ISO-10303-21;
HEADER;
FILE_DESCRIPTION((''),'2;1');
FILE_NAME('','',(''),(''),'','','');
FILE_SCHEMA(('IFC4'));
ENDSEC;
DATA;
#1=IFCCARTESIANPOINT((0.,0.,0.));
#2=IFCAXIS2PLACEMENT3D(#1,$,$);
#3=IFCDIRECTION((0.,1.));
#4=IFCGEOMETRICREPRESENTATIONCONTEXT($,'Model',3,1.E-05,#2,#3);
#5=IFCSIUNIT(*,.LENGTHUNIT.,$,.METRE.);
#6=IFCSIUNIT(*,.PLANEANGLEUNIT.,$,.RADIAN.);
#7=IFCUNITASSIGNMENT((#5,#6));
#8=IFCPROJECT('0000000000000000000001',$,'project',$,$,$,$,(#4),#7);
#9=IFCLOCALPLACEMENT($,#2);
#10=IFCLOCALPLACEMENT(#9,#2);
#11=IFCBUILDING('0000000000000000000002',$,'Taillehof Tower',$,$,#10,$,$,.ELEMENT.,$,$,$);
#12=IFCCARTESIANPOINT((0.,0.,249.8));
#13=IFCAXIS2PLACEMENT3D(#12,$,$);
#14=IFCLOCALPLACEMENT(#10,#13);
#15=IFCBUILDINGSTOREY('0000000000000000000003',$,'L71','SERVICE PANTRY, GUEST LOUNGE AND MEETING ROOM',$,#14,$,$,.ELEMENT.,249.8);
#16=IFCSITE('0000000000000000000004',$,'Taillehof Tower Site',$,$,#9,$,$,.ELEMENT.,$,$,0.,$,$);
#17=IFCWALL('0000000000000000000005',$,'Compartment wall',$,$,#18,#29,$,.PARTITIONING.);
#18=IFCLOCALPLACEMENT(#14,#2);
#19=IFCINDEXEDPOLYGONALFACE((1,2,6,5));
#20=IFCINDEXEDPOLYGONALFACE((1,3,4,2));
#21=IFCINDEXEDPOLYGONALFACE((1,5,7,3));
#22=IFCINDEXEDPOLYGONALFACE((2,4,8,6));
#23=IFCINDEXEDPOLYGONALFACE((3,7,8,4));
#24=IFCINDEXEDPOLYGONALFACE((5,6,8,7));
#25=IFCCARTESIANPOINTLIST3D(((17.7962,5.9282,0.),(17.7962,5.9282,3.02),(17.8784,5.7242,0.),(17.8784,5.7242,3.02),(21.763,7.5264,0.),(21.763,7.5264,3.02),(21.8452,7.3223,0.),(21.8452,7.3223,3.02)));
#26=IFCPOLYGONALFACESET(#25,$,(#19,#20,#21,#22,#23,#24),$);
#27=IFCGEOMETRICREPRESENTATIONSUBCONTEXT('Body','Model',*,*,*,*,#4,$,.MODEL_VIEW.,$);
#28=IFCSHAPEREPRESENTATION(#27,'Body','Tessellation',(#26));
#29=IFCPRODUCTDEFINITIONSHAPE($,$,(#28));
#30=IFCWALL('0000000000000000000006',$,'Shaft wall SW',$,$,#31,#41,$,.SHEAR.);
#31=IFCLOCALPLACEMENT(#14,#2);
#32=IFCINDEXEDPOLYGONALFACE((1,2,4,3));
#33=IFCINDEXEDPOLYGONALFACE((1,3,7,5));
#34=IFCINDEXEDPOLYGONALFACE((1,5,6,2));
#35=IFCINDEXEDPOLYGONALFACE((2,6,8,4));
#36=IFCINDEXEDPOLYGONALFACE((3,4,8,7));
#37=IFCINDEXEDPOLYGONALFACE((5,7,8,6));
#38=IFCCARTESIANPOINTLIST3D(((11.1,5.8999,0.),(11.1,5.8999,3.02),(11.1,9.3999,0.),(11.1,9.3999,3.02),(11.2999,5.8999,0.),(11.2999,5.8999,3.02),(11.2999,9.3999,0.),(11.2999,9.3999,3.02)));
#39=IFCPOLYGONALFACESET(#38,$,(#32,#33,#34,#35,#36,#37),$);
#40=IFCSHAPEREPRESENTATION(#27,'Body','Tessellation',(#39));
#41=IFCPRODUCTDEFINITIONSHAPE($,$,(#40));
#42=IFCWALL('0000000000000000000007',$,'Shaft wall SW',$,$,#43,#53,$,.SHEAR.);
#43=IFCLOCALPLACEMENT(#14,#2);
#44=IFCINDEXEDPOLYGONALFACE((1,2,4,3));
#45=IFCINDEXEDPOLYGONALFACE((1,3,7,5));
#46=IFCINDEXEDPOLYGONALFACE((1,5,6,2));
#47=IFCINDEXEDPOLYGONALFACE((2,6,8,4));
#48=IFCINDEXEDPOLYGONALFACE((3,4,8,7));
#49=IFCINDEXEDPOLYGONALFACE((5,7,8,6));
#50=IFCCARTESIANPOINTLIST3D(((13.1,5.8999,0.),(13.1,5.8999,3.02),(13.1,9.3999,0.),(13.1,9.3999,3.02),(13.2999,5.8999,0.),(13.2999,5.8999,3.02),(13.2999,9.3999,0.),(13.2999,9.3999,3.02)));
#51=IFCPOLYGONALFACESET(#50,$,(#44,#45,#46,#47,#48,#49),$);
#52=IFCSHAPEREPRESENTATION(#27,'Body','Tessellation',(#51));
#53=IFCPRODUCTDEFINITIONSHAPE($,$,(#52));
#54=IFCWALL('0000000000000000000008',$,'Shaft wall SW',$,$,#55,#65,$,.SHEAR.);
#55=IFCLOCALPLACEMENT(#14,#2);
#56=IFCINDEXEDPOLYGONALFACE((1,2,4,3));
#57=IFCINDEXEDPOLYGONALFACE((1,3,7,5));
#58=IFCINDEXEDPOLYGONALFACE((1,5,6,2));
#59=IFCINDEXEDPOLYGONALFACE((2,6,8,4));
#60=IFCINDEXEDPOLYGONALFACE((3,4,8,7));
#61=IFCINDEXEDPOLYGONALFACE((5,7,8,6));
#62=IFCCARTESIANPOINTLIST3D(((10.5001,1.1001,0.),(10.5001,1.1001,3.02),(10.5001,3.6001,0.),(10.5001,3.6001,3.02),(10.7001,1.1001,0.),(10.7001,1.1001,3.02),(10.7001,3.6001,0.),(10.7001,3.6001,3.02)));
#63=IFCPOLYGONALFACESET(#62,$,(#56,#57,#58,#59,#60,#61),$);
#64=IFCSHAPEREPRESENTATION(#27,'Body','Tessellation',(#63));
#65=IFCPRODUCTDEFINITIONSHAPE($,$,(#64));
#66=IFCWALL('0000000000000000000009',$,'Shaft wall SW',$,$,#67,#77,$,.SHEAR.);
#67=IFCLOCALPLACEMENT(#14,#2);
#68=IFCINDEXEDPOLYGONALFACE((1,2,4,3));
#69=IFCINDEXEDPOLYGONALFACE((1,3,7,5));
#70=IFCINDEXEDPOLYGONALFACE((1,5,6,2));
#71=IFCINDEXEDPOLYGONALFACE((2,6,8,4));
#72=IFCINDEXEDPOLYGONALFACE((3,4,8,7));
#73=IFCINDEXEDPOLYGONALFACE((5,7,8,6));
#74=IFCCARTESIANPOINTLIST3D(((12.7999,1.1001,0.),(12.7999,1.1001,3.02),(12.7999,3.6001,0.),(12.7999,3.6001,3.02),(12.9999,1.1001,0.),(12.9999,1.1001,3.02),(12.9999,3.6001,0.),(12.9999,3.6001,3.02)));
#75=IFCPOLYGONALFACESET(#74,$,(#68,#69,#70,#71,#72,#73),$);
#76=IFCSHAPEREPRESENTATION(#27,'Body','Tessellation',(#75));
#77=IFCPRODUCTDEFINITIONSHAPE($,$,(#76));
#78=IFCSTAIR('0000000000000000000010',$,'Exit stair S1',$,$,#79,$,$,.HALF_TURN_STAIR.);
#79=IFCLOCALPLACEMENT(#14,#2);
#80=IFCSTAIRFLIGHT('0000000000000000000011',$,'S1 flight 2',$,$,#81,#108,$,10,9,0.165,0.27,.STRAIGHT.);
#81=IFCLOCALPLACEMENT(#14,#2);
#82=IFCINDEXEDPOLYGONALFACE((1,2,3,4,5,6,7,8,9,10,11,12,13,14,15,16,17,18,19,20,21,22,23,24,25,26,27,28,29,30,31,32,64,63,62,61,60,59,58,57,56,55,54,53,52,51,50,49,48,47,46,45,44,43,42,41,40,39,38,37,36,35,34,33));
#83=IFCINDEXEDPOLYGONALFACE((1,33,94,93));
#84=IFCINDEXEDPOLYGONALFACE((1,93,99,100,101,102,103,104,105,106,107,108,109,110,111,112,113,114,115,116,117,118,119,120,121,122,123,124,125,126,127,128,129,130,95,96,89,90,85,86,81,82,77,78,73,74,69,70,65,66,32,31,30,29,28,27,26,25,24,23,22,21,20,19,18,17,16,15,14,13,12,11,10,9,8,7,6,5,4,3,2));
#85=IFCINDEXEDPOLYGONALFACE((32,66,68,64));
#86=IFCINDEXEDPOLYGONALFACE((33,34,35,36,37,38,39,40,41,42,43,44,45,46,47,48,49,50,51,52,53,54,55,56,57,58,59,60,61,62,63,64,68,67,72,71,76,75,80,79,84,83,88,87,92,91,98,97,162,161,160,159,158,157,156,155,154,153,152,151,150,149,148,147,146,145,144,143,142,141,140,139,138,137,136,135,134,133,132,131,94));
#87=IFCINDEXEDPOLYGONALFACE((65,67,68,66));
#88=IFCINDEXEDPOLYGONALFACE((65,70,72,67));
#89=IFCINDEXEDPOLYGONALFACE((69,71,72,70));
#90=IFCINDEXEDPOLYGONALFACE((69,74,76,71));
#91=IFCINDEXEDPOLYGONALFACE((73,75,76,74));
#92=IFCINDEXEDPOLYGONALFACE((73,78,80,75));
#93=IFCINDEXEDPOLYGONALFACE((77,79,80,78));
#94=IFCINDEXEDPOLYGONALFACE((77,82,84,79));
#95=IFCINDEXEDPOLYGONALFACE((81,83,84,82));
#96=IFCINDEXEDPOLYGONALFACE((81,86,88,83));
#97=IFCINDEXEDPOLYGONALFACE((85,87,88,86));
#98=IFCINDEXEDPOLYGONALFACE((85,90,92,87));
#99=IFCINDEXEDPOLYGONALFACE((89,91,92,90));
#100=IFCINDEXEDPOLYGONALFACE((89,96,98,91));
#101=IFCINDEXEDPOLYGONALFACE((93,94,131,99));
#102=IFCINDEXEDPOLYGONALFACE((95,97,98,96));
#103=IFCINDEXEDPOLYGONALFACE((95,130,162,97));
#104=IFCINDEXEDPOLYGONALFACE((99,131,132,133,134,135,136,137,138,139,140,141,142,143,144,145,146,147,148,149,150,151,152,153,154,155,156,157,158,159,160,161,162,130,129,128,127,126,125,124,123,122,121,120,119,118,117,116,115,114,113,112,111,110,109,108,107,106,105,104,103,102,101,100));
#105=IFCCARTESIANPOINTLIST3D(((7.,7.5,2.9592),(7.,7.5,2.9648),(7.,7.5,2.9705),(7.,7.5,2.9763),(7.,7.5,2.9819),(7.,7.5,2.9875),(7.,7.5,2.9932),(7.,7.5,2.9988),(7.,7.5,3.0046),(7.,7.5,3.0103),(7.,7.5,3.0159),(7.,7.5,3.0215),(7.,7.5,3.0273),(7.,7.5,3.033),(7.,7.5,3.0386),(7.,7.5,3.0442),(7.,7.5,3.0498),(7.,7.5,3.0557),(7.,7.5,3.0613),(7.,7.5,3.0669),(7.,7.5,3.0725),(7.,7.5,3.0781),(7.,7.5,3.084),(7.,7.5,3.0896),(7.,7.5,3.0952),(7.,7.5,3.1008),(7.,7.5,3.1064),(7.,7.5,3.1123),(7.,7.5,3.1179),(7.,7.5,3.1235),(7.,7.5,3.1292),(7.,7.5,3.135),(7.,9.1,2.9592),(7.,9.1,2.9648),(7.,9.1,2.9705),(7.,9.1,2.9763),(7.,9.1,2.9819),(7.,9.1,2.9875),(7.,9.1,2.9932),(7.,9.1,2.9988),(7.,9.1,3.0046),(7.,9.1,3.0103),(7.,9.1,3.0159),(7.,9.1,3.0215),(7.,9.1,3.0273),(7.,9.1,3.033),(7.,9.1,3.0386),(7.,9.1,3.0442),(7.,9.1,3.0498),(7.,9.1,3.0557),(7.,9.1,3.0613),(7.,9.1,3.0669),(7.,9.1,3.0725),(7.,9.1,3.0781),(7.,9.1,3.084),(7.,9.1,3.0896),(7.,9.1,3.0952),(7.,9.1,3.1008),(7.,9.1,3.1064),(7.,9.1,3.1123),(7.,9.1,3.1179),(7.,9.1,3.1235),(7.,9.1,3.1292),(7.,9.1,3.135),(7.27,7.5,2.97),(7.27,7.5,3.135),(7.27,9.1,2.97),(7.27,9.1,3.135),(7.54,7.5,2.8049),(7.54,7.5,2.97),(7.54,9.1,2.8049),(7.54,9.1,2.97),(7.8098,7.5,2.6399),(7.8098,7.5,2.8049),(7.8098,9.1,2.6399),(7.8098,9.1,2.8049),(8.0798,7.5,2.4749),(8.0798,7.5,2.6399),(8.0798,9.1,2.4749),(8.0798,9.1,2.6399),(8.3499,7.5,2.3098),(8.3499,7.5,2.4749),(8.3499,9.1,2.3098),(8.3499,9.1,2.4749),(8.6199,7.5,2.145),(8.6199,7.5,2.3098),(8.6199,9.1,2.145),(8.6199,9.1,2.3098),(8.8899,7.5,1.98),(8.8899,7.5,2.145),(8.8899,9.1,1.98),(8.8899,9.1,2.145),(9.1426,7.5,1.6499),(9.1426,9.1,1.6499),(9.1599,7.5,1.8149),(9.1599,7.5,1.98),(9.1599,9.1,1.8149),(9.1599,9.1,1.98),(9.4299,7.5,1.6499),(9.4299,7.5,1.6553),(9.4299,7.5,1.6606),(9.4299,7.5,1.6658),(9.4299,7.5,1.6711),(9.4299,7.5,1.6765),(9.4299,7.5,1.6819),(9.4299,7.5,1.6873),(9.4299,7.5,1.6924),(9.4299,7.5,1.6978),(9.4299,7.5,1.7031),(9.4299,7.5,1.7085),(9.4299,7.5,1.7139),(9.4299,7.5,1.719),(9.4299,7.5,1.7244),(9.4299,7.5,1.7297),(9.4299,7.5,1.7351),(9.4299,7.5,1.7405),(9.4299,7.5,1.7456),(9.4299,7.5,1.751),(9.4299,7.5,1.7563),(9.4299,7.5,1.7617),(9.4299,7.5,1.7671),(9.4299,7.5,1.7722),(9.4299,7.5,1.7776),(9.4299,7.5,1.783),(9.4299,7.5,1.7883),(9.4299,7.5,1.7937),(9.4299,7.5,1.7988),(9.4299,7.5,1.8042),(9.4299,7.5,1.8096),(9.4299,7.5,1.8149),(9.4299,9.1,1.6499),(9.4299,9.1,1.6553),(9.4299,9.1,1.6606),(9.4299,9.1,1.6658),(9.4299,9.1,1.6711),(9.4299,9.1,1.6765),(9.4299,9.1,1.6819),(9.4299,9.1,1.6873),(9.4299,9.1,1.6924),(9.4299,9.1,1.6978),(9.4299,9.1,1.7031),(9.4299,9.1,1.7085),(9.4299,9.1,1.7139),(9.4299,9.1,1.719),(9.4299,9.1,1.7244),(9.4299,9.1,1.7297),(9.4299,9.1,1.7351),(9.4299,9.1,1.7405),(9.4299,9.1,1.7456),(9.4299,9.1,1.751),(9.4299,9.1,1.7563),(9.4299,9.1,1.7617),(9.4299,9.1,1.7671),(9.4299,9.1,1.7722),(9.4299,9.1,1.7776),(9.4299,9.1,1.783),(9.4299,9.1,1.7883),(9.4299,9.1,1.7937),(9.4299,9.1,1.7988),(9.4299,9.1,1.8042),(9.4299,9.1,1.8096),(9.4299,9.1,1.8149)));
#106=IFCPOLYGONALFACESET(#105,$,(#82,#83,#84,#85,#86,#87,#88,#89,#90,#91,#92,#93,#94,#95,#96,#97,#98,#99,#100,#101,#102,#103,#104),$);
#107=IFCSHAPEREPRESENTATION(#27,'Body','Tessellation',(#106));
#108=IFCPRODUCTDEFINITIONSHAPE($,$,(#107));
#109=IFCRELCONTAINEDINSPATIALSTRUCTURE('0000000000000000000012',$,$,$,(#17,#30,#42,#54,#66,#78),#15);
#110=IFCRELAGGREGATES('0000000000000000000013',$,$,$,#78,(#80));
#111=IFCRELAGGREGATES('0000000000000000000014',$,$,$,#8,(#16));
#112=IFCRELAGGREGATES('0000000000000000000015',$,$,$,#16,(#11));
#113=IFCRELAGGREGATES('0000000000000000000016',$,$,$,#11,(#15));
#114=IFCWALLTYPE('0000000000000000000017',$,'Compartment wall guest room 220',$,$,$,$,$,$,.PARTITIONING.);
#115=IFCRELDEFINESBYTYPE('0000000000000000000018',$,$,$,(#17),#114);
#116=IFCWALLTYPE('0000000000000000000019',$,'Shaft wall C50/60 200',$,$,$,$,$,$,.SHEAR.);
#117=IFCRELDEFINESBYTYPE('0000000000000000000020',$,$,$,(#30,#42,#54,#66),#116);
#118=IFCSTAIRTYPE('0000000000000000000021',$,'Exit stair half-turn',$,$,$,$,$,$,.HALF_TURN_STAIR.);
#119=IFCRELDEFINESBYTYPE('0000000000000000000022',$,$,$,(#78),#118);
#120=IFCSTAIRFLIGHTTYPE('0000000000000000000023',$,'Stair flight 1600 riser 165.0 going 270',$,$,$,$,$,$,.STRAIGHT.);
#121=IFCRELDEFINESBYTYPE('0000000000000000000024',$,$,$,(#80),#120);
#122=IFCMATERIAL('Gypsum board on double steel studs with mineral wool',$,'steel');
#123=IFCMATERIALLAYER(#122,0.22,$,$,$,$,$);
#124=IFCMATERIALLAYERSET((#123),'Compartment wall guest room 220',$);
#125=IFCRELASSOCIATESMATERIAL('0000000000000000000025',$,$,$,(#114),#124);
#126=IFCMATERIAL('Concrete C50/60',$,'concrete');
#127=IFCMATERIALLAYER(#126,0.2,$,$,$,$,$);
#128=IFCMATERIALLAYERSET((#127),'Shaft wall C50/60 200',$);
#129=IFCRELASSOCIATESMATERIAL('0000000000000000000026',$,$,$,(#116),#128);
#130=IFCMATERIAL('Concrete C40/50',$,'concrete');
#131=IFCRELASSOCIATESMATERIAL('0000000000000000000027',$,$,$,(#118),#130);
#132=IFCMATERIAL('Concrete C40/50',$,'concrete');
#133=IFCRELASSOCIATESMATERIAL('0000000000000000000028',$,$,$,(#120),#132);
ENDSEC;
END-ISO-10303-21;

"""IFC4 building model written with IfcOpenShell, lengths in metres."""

from ifc_helpers import new_model, si_unit, direction, frame, frame_2d, origin, place, context, subcontext, project, spatial, polyline, rectangle, outline, extrude, material, layer, layer_set, type_object, element, aggregate, save


model = new_model("IFC4")

# Units and contexts
model_context = context("Model", 3, precision=1e-05, world=origin(), true_north=direction((0.0, 1.0)))
body_context = subcontext(model_context, "Body", "Model", "MODEL_VIEW")
ifc_project = project(units=[si_unit("LENGTHUNIT", "METRE"), si_unit("PLANEANGLEUNIT", "RADIAN")], contexts=[model_context])

# Site, building, storey
site_placement = place(None, origin())
site = spatial("IfcSite", under=ifc_project, at=site_placement, Name="Taillehof Tower Site", CompositionType="ELEMENT", RefElevation=0.0)
building_placement = place(site_placement, origin())
building = spatial("IfcBuilding", under=site, at=building_placement, Name="Taillehof Tower", CompositionType="ELEMENT")
storey_placement = place(building_placement, frame((0.0, 0.0, 249.8)))
storey = spatial("IfcBuildingStorey", under=building, at=storey_placement, Name="L71", Description="SERVICE PANTRY, GUEST LOUNGE AND MEETING ROOM", CompositionType="ELEMENT", Elevation=249.8)

# Walls
ifc_material_1 = material(Name="Gypsum board on double steel studs with mineral wool", Category="steel")
ifc_layer_1 = layer(ifc_material_1, 0.22)
ifc_layer_set_1 = layer_set([ifc_layer_1], Name="Compartment wall guest room 220")
wall_type_1 = type_object("IfcWallType", Name="Compartment wall guest room 220", PredefinedType="PARTITIONING", material=ifc_layer_set_1)
wall_1_placement = place(storey_placement, frame((21.804, 7.4243, 0.0), z_axis=(0.0, 0.0, 1.0), x_axis=(-0.927553, -0.373693, 0.0)))
element("IfcWall", 1, at=wall_1_placement, inside=storey, type_object=wall_type_1, Name="Compartment wall", PredefinedType="PARTITIONING", context=body_context, shape_type="SweptSolid", body=[
    extrude(rectangle(XDim=4.2766, YDim=0.22, at=frame_2d((2.1382, 0.0))), origin(), (0.0, 0.0, 1.0), 3.02),
])
ifc_material_2 = material(Name="Concrete C50/60", Category="concrete")
ifc_layer_2 = layer(ifc_material_2, 0.2)
ifc_layer_set_2 = layer_set([ifc_layer_2], Name="Shaft wall C50/60 200")
wall_type_2 = type_object("IfcWallType", Name="Shaft wall C50/60 200", PredefinedType="SHEAR", material=ifc_layer_set_2)
for number, where, z_axis, x_axis, name in (
    (2, (11.2, 5.8999, 0.0), (0.0, 0.0, 1.0), (0.0, 1.0, 0.0), "Shaft wall SW"),
    (3, (13.2, 5.8999, 0.0), (0.0, 0.0, 1.0), (0.0, 1.0, 0.0), "Shaft wall SW"),
):
    element("IfcWall", number, at=place(storey_placement, frame(where, z_axis=z_axis, x_axis=x_axis)), inside=storey, type_object=wall_type_2, Name=name, PredefinedType="SHEAR", context=body_context, shape_type="SweptSolid", body=[
        extrude(rectangle(XDim=3.5, YDim=0.2, at=frame_2d((1.75, 0.0))), origin(), (0.0, 0.0, 1.0), 3.02),
    ])
for number, where, z_axis, x_axis, name in (
    (4, (10.6001, 1.1001, 0.0), (0.0, 0.0, 1.0), (0.0, 1.0, 0.0), "Shaft wall SW"),
    (5, (12.8999, 1.1001, 0.0), (0.0, 0.0, 1.0), (0.0, 1.0, 0.0), "Shaft wall SW"),
):
    element("IfcWall", number, at=place(storey_placement, frame(where, z_axis=z_axis, x_axis=x_axis)), inside=storey, type_object=wall_type_2, Name=name, PredefinedType="SHEAR", context=body_context, shape_type="SweptSolid", body=[
        extrude(rectangle(XDim=2.5, YDim=0.2, at=frame_2d((1.25, 0.0))), origin(), (0.0, 0.0, 1.0), 3.02),
    ])

# Stair, stair flight
ifc_material_3 = material(Name="Concrete C40/50", Category="concrete")
stair_type = type_object("IfcStairType", Name="Exit stair half-turn", PredefinedType="HALF_TURN_STAIR", material=ifc_material_3)
stair_placement = place(storey_placement, origin())
stair = element("IfcStair", 6, at=stair_placement, inside=storey, type_object=stair_type, Name="Exit stair S1", PredefinedType="HALF_TURN_STAIR")
ifc_material_4 = material(Name="Concrete C40/50", Category="concrete")
stair_flight_type = type_object("IfcStairFlightType", Name="Stair flight 1600 riser 165.0 going 270", PredefinedType="STRAIGHT", material=ifc_material_4)
stair_flight_placement = place(storey_placement, frame((9.4299, 8.3, 1.6499), z_axis=(0.0, 0.0, 1.0), x_axis=(-1.0, 0.0, 0.0)))
stair_flight = element("IfcStairFlight", 7, at=stair_flight_placement, type_object=stair_flight_type, Name="S1 flight 2", NumberOfRisers=10, NumberOfTreads=9, PredefinedType="STRAIGHT", RiserHeight=0.165, TreadLength=0.27, context=body_context, shape_type="SweptSolid", body=[
    extrude(outline(polyline([(0.0, 0.0), (0.0, 0.0054), (0.0, 0.0107), (0.0, 0.0159), (0.0, 0.0212), (0.0, 0.0266), (0.0, 0.032), (0.0, 0.0374), (0.0, 0.0425), (0.0, 0.0479), (0.0, 0.0532), (0.0, 0.0586), (0.0, 0.064), (0.0, 0.0691), (0.0, 0.0745), (0.0, 0.0798), (0.0, 0.0852), (0.0, 0.0906), (0.0, 0.0957), (0.0, 0.1011), (0.0, 0.1064), (0.0, 0.1118), (0.0, 0.1172), (0.0, 0.1223), (0.0, 0.1277), (0.0, 0.1331), (0.0, 0.1384), (0.0, 0.1438), (0.0, 0.1489), (0.0, 0.1543), (0.0, 0.1597), (0.0, 0.165), (0.27, 0.165), (0.27, 0.3301), (0.54, 0.3301), (0.54, 0.4951), (0.8101, 0.4951), (0.8101, 0.6599), (1.0801, 0.6599), (1.0801, 0.825), (1.3501, 0.825), (1.3501, 0.99), (1.6201, 0.99), (1.6201, 1.155), (1.8899, 1.155), (1.8899, 1.3201), (2.1599, 1.3201), (2.1599, 1.4851), (2.4299, 1.4851), (2.4299, 1.4792), (2.4299, 1.4736), (2.4299, 1.468), (2.4299, 1.4624), (2.4299, 1.4565), (2.4299, 1.4509), (2.4299, 1.4453), (2.4299, 1.4397), (2.4299, 1.4341), (2.4299, 1.4282), (2.4299, 1.4226), (2.4299, 1.417), (2.4299, 1.4114), (2.4299, 1.4058), (2.4299, 1.3999), (2.4299, 1.3943), (2.4299, 1.3887), (2.4299, 1.3831), (2.4299, 1.3774), (2.4299, 1.3716), (2.4299, 1.366), (2.4299, 1.3604), (2.4299, 1.3547), (2.4299, 1.3489), (2.4299, 1.3433), (2.4299, 1.3376), (2.4299, 1.332), (2.4299, 1.3264), (2.4299, 1.3206), (2.4299, 1.3149), (2.4299, 1.3093), (0.2874, 0.0), (0.0, 0.0)])), frame((0.0, 0.8, 0.0), z_axis=(0.0, -1.0, 0.0), x_axis=(1.0, 0.0, 0.0)), (0.0, 0.0, 1.0), 1.6),
])
aggregate(stair, [stair_flight])

save(model, "model.ifc")
